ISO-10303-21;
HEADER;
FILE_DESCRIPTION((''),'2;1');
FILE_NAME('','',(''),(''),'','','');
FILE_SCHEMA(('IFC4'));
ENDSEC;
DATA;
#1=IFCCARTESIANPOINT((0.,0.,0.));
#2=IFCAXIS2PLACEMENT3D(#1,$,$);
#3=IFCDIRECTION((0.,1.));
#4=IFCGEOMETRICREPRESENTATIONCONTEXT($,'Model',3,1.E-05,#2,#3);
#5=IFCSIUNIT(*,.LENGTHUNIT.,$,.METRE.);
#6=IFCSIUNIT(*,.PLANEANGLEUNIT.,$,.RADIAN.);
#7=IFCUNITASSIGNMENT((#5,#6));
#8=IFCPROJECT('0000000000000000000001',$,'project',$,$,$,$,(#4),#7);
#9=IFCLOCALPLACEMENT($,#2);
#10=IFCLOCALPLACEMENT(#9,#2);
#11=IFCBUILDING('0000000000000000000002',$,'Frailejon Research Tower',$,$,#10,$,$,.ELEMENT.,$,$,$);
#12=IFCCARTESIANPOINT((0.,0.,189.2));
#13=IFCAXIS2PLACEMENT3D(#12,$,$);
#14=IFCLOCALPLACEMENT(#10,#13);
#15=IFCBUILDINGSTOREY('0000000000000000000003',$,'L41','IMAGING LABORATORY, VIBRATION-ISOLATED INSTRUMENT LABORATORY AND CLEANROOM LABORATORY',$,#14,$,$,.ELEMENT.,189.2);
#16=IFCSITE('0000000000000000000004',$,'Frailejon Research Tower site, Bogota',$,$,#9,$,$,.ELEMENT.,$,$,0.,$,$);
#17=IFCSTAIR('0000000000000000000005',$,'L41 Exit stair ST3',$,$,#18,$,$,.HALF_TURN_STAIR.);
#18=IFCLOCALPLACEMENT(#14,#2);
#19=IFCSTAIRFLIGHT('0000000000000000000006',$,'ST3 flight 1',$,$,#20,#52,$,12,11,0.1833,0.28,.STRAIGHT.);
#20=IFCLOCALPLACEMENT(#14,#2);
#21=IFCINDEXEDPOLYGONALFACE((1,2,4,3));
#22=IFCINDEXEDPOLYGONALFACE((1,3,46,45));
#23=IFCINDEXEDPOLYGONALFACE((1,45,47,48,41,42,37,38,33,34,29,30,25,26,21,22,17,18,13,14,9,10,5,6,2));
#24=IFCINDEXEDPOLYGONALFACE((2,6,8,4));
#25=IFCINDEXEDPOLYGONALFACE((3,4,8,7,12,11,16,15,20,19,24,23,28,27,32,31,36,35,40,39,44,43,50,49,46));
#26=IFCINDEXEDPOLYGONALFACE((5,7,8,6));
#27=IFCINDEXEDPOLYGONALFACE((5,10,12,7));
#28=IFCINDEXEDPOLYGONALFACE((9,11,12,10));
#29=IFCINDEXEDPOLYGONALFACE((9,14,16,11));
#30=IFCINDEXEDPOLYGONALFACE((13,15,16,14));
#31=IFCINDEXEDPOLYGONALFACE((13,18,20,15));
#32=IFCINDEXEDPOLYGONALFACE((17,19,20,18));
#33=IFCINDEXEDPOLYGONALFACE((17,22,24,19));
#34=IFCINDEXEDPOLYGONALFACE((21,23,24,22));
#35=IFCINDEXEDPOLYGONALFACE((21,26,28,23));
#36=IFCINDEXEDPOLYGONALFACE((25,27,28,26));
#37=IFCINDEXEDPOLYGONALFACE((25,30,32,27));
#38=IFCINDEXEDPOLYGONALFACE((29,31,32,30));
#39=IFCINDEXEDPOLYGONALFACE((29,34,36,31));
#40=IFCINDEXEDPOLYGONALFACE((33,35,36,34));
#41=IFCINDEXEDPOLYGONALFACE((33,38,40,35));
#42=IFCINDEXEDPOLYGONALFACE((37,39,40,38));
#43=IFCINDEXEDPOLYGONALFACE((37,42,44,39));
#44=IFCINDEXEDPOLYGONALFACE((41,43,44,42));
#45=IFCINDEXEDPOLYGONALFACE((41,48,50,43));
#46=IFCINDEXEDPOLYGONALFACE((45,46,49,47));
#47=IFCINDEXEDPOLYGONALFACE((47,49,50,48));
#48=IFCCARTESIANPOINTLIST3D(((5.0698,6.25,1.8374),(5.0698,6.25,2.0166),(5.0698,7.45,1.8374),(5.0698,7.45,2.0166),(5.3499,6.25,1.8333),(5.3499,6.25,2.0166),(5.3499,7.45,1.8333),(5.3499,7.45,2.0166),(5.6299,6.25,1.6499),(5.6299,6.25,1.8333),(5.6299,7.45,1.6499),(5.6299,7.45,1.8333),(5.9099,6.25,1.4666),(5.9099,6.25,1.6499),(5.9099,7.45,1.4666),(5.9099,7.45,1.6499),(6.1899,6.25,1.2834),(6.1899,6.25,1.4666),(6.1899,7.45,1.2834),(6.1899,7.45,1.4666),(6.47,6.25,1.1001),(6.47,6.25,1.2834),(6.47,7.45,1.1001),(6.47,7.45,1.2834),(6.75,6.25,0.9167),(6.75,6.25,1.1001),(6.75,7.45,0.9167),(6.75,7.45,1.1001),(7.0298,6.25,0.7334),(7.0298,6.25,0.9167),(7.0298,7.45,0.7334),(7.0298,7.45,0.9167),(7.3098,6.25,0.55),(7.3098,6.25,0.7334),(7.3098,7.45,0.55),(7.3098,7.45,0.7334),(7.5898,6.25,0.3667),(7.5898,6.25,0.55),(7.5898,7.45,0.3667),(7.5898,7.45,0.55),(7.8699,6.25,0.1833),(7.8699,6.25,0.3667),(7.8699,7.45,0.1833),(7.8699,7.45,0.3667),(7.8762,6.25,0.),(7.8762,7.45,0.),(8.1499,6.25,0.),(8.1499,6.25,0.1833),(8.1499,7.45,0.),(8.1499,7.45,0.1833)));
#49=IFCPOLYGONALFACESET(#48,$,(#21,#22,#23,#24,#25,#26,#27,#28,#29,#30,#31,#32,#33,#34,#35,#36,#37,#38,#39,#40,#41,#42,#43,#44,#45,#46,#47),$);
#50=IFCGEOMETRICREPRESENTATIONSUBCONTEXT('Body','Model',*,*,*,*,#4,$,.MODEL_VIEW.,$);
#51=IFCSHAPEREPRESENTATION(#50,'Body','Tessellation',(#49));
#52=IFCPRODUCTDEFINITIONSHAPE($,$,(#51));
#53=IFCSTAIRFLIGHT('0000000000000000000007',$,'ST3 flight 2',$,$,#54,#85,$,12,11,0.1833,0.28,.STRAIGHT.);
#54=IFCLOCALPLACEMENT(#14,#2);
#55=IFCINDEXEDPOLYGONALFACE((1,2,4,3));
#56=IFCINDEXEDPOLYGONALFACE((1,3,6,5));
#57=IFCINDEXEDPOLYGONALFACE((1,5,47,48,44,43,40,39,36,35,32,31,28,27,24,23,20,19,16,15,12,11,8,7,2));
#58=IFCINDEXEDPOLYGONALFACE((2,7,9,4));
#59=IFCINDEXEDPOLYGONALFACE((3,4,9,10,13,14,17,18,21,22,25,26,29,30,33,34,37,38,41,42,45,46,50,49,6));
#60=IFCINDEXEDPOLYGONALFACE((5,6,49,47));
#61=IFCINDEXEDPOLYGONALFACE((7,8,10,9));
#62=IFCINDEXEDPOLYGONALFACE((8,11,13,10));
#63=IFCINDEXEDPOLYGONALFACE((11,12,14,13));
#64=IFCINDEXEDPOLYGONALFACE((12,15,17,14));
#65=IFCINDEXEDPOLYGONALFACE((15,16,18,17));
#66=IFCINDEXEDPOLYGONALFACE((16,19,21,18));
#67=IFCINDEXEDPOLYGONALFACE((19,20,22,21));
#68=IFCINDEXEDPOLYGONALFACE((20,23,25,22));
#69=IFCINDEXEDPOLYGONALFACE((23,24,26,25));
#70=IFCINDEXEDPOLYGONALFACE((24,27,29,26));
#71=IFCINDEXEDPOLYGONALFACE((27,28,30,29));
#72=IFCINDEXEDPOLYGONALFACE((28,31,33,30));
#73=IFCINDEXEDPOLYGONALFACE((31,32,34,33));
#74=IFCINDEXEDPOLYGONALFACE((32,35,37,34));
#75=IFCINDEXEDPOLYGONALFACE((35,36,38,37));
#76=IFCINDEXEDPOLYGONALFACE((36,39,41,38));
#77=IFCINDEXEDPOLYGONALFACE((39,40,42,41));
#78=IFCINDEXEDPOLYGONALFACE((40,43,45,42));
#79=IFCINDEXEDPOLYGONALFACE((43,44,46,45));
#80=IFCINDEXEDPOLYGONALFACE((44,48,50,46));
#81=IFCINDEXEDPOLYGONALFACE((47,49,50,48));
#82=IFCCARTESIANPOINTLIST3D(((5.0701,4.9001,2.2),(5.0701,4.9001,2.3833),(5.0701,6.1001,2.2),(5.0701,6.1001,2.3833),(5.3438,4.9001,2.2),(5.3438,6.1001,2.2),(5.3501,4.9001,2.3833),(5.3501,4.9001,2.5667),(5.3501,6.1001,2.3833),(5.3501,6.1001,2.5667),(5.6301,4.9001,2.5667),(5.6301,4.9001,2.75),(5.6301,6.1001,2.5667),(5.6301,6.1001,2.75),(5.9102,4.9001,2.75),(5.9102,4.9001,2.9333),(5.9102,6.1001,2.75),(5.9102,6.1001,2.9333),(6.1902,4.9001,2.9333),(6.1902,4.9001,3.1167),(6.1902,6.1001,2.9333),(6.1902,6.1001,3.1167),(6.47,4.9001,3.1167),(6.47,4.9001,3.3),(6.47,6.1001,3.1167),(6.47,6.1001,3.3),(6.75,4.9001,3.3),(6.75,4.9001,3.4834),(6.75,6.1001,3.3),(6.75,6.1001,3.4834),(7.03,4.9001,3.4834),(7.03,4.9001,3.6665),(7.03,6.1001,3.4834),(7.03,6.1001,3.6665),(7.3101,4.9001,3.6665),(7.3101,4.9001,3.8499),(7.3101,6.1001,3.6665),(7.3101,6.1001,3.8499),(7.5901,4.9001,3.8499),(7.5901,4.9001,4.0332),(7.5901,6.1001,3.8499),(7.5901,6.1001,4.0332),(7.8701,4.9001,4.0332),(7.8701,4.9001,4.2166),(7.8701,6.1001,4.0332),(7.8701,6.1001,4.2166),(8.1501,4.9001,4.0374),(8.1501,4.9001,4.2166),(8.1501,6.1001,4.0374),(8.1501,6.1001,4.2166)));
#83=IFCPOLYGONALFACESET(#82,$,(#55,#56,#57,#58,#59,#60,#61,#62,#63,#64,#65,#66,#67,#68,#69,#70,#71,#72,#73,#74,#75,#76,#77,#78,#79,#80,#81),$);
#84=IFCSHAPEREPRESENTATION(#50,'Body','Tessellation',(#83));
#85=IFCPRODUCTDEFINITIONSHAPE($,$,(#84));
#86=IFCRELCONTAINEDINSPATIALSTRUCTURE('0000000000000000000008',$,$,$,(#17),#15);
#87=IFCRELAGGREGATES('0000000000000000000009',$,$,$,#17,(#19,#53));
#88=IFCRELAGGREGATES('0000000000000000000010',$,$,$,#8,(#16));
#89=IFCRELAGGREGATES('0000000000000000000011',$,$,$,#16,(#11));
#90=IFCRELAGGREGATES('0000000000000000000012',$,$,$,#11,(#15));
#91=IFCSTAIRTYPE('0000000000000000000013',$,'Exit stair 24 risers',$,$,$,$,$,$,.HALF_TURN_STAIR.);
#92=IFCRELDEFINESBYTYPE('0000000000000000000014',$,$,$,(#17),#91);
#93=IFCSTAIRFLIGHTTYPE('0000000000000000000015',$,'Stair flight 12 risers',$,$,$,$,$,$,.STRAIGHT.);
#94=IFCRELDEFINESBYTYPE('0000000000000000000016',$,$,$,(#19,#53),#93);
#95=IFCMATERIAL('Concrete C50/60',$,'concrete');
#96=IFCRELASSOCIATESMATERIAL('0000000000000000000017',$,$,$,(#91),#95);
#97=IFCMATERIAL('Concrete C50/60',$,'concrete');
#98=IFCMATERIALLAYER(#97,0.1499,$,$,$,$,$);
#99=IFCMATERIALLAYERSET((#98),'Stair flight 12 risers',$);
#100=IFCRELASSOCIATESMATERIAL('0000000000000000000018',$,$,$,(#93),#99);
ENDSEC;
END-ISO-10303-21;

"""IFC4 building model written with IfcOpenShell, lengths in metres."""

from ifc_helpers import new_model, si_unit, direction, frame, origin, place, context, subcontext, project, spatial, polyline, outline, extrude, material, layer, layer_set, type_object, element, aggregate, save


model = new_model("IFC4")

# Units and contexts
model_context = context("Model", 3, precision=1e-05, world=origin(), true_north=direction((0.0, 1.0)))
body_context = subcontext(model_context, "Body", "Model", "MODEL_VIEW")
ifc_project = project(units=[si_unit("LENGTHUNIT", "METRE"), si_unit("PLANEANGLEUNIT", "RADIAN")], contexts=[model_context])

# Site, building, storey
site_placement = place(None, origin())
site = spatial("IfcSite", under=ifc_project, at=site_placement, Name="Frailejon Research Tower site, Bogota", CompositionType="ELEMENT", RefElevation=0.0)
building_placement = place(site_placement, origin())
building = spatial("IfcBuilding", under=site, at=building_placement, Name="Frailejon Research Tower", CompositionType="ELEMENT")
storey_placement = place(building_placement, frame((0.0, 0.0, 189.2)))
storey = spatial("IfcBuildingStorey", under=building, at=storey_placement, Name="L41", Description="IMAGING LABORATORY, VIBRATION-ISOLATED INSTRUMENT LABORATORY AND CLEANROOM LABORATORY", CompositionType="ELEMENT", Elevation=189.2)

# Stair
ifc_material_1 = material(Name="Concrete C50/60", Category="concrete")
stair_type = type_object("IfcStairType", Name="Exit stair 24 risers", PredefinedType="HALF_TURN_STAIR", material=ifc_material_1)
stair_1_placement = place(storey_placement, origin())
stair_1 = element("IfcStair", 1, at=stair_1_placement, inside=storey, type_object=stair_type, Name="L41 Exit stair ST3", PredefinedType="HALF_TURN_STAIR")

# Stair flights
ifc_material_2 = material(Name="Concrete C50/60", Category="concrete")
ifc_layer_1 = layer(ifc_material_2, 0.1499)
ifc_layer_set_1 = layer_set([ifc_layer_1], Name="Stair flight 12 risers")
stair_flight_type = type_object("IfcStairFlightType", Name="Stair flight 12 risers", PredefinedType="STRAIGHT", material=ifc_layer_set_1)
stair_flight_1_placement = place(storey_placement, frame((8.1499, 6.8501, 0.0), z_axis=(0.0, 0.0, 1.0), x_axis=(-1.0, 0.0, 0.0)))
stair_flight_1 = element("IfcStairFlight", 2, at=stair_flight_1_placement, type_object=stair_flight_type, Name="ST3 flight 1", NumberOfRisers=12, NumberOfTreads=11, PredefinedType="STRAIGHT", RiserHeight=0.1833, TreadLength=0.28, context=body_context, shape_type="SweptSolid", body=[
    extrude(outline(polyline([(0.0, 0.0), (0.0, 0.1833), (0.28, 0.1833), (0.28, 0.3667), (0.5601, 0.3667), (0.5601, 0.55), (0.8401, 0.55), (0.8401, 0.7334), (1.1201, 0.7334), (1.1201, 0.9167), (1.3999, 0.9167), (1.3999, 1.1001), (1.6799, 1.1001), (1.6799, 1.2834), (1.96, 1.2834), (1.96, 1.4666), (2.24, 1.4666), (2.24, 1.6499), (2.52, 1.6499), (2.52, 1.8333), (2.8, 1.8333), (2.8, 2.0166), (3.0801, 2.0166), (3.0801, 2.2), (3.0801, 1.8374), (0.2737, 0.0), (0.0, 0.0)])), frame((0.0, 0.6001, 0.0), z_axis=(0.0, -1.0, 0.0), x_axis=(1.0, 0.0, 0.0)), (0.0, 0.0, 1.0), 1.2),
])
stair_flight_2_placement = place(storey_placement, frame((5.0701, 5.5, 2.2), z_axis=(0.0, 0.0, 1.0), x_axis=(1.0, 0.0, 0.0)))
stair_flight_2 = element("IfcStairFlight", 3, at=stair_flight_2_placement, type_object=stair_flight_type, Name="ST3 flight 2", NumberOfRisers=12, NumberOfTreads=11, PredefinedType="STRAIGHT", RiserHeight=0.1833, TreadLength=0.28, context=body_context, shape_type="SweptSolid", body=[
    extrude(outline(polyline([(0.0, 0.0), (0.0, 0.1833), (0.28, 0.1833), (0.28, 0.3667), (0.5601, 0.3667), (0.5601, 0.55), (0.8401, 0.55), (0.8401, 0.7334), (1.1201, 0.7334), (1.1201, 0.9167), (1.3999, 0.9167), (1.3999, 1.1001), (1.6799, 1.1001), (1.6799, 1.2834), (1.96, 1.2834), (1.96, 1.4666), (2.24, 1.4666), (2.24, 1.6499), (2.52, 1.6499), (2.52, 1.8333), (2.8, 1.8333), (2.8, 2.0166), (3.0801, 2.0166), (3.0801, 2.2), (3.0801, 1.8374), (0.2737, 0.0), (0.0, 0.0)])), frame((0.0, 0.6001, 0.0), z_axis=(0.0, -1.0, 0.0), x_axis=(1.0, 0.0, 0.0)), (0.0, 0.0, 1.0), 1.2),
])
aggregate(stair_1, [stair_flight_1, stair_flight_2])

save(model, "model.ifc")
